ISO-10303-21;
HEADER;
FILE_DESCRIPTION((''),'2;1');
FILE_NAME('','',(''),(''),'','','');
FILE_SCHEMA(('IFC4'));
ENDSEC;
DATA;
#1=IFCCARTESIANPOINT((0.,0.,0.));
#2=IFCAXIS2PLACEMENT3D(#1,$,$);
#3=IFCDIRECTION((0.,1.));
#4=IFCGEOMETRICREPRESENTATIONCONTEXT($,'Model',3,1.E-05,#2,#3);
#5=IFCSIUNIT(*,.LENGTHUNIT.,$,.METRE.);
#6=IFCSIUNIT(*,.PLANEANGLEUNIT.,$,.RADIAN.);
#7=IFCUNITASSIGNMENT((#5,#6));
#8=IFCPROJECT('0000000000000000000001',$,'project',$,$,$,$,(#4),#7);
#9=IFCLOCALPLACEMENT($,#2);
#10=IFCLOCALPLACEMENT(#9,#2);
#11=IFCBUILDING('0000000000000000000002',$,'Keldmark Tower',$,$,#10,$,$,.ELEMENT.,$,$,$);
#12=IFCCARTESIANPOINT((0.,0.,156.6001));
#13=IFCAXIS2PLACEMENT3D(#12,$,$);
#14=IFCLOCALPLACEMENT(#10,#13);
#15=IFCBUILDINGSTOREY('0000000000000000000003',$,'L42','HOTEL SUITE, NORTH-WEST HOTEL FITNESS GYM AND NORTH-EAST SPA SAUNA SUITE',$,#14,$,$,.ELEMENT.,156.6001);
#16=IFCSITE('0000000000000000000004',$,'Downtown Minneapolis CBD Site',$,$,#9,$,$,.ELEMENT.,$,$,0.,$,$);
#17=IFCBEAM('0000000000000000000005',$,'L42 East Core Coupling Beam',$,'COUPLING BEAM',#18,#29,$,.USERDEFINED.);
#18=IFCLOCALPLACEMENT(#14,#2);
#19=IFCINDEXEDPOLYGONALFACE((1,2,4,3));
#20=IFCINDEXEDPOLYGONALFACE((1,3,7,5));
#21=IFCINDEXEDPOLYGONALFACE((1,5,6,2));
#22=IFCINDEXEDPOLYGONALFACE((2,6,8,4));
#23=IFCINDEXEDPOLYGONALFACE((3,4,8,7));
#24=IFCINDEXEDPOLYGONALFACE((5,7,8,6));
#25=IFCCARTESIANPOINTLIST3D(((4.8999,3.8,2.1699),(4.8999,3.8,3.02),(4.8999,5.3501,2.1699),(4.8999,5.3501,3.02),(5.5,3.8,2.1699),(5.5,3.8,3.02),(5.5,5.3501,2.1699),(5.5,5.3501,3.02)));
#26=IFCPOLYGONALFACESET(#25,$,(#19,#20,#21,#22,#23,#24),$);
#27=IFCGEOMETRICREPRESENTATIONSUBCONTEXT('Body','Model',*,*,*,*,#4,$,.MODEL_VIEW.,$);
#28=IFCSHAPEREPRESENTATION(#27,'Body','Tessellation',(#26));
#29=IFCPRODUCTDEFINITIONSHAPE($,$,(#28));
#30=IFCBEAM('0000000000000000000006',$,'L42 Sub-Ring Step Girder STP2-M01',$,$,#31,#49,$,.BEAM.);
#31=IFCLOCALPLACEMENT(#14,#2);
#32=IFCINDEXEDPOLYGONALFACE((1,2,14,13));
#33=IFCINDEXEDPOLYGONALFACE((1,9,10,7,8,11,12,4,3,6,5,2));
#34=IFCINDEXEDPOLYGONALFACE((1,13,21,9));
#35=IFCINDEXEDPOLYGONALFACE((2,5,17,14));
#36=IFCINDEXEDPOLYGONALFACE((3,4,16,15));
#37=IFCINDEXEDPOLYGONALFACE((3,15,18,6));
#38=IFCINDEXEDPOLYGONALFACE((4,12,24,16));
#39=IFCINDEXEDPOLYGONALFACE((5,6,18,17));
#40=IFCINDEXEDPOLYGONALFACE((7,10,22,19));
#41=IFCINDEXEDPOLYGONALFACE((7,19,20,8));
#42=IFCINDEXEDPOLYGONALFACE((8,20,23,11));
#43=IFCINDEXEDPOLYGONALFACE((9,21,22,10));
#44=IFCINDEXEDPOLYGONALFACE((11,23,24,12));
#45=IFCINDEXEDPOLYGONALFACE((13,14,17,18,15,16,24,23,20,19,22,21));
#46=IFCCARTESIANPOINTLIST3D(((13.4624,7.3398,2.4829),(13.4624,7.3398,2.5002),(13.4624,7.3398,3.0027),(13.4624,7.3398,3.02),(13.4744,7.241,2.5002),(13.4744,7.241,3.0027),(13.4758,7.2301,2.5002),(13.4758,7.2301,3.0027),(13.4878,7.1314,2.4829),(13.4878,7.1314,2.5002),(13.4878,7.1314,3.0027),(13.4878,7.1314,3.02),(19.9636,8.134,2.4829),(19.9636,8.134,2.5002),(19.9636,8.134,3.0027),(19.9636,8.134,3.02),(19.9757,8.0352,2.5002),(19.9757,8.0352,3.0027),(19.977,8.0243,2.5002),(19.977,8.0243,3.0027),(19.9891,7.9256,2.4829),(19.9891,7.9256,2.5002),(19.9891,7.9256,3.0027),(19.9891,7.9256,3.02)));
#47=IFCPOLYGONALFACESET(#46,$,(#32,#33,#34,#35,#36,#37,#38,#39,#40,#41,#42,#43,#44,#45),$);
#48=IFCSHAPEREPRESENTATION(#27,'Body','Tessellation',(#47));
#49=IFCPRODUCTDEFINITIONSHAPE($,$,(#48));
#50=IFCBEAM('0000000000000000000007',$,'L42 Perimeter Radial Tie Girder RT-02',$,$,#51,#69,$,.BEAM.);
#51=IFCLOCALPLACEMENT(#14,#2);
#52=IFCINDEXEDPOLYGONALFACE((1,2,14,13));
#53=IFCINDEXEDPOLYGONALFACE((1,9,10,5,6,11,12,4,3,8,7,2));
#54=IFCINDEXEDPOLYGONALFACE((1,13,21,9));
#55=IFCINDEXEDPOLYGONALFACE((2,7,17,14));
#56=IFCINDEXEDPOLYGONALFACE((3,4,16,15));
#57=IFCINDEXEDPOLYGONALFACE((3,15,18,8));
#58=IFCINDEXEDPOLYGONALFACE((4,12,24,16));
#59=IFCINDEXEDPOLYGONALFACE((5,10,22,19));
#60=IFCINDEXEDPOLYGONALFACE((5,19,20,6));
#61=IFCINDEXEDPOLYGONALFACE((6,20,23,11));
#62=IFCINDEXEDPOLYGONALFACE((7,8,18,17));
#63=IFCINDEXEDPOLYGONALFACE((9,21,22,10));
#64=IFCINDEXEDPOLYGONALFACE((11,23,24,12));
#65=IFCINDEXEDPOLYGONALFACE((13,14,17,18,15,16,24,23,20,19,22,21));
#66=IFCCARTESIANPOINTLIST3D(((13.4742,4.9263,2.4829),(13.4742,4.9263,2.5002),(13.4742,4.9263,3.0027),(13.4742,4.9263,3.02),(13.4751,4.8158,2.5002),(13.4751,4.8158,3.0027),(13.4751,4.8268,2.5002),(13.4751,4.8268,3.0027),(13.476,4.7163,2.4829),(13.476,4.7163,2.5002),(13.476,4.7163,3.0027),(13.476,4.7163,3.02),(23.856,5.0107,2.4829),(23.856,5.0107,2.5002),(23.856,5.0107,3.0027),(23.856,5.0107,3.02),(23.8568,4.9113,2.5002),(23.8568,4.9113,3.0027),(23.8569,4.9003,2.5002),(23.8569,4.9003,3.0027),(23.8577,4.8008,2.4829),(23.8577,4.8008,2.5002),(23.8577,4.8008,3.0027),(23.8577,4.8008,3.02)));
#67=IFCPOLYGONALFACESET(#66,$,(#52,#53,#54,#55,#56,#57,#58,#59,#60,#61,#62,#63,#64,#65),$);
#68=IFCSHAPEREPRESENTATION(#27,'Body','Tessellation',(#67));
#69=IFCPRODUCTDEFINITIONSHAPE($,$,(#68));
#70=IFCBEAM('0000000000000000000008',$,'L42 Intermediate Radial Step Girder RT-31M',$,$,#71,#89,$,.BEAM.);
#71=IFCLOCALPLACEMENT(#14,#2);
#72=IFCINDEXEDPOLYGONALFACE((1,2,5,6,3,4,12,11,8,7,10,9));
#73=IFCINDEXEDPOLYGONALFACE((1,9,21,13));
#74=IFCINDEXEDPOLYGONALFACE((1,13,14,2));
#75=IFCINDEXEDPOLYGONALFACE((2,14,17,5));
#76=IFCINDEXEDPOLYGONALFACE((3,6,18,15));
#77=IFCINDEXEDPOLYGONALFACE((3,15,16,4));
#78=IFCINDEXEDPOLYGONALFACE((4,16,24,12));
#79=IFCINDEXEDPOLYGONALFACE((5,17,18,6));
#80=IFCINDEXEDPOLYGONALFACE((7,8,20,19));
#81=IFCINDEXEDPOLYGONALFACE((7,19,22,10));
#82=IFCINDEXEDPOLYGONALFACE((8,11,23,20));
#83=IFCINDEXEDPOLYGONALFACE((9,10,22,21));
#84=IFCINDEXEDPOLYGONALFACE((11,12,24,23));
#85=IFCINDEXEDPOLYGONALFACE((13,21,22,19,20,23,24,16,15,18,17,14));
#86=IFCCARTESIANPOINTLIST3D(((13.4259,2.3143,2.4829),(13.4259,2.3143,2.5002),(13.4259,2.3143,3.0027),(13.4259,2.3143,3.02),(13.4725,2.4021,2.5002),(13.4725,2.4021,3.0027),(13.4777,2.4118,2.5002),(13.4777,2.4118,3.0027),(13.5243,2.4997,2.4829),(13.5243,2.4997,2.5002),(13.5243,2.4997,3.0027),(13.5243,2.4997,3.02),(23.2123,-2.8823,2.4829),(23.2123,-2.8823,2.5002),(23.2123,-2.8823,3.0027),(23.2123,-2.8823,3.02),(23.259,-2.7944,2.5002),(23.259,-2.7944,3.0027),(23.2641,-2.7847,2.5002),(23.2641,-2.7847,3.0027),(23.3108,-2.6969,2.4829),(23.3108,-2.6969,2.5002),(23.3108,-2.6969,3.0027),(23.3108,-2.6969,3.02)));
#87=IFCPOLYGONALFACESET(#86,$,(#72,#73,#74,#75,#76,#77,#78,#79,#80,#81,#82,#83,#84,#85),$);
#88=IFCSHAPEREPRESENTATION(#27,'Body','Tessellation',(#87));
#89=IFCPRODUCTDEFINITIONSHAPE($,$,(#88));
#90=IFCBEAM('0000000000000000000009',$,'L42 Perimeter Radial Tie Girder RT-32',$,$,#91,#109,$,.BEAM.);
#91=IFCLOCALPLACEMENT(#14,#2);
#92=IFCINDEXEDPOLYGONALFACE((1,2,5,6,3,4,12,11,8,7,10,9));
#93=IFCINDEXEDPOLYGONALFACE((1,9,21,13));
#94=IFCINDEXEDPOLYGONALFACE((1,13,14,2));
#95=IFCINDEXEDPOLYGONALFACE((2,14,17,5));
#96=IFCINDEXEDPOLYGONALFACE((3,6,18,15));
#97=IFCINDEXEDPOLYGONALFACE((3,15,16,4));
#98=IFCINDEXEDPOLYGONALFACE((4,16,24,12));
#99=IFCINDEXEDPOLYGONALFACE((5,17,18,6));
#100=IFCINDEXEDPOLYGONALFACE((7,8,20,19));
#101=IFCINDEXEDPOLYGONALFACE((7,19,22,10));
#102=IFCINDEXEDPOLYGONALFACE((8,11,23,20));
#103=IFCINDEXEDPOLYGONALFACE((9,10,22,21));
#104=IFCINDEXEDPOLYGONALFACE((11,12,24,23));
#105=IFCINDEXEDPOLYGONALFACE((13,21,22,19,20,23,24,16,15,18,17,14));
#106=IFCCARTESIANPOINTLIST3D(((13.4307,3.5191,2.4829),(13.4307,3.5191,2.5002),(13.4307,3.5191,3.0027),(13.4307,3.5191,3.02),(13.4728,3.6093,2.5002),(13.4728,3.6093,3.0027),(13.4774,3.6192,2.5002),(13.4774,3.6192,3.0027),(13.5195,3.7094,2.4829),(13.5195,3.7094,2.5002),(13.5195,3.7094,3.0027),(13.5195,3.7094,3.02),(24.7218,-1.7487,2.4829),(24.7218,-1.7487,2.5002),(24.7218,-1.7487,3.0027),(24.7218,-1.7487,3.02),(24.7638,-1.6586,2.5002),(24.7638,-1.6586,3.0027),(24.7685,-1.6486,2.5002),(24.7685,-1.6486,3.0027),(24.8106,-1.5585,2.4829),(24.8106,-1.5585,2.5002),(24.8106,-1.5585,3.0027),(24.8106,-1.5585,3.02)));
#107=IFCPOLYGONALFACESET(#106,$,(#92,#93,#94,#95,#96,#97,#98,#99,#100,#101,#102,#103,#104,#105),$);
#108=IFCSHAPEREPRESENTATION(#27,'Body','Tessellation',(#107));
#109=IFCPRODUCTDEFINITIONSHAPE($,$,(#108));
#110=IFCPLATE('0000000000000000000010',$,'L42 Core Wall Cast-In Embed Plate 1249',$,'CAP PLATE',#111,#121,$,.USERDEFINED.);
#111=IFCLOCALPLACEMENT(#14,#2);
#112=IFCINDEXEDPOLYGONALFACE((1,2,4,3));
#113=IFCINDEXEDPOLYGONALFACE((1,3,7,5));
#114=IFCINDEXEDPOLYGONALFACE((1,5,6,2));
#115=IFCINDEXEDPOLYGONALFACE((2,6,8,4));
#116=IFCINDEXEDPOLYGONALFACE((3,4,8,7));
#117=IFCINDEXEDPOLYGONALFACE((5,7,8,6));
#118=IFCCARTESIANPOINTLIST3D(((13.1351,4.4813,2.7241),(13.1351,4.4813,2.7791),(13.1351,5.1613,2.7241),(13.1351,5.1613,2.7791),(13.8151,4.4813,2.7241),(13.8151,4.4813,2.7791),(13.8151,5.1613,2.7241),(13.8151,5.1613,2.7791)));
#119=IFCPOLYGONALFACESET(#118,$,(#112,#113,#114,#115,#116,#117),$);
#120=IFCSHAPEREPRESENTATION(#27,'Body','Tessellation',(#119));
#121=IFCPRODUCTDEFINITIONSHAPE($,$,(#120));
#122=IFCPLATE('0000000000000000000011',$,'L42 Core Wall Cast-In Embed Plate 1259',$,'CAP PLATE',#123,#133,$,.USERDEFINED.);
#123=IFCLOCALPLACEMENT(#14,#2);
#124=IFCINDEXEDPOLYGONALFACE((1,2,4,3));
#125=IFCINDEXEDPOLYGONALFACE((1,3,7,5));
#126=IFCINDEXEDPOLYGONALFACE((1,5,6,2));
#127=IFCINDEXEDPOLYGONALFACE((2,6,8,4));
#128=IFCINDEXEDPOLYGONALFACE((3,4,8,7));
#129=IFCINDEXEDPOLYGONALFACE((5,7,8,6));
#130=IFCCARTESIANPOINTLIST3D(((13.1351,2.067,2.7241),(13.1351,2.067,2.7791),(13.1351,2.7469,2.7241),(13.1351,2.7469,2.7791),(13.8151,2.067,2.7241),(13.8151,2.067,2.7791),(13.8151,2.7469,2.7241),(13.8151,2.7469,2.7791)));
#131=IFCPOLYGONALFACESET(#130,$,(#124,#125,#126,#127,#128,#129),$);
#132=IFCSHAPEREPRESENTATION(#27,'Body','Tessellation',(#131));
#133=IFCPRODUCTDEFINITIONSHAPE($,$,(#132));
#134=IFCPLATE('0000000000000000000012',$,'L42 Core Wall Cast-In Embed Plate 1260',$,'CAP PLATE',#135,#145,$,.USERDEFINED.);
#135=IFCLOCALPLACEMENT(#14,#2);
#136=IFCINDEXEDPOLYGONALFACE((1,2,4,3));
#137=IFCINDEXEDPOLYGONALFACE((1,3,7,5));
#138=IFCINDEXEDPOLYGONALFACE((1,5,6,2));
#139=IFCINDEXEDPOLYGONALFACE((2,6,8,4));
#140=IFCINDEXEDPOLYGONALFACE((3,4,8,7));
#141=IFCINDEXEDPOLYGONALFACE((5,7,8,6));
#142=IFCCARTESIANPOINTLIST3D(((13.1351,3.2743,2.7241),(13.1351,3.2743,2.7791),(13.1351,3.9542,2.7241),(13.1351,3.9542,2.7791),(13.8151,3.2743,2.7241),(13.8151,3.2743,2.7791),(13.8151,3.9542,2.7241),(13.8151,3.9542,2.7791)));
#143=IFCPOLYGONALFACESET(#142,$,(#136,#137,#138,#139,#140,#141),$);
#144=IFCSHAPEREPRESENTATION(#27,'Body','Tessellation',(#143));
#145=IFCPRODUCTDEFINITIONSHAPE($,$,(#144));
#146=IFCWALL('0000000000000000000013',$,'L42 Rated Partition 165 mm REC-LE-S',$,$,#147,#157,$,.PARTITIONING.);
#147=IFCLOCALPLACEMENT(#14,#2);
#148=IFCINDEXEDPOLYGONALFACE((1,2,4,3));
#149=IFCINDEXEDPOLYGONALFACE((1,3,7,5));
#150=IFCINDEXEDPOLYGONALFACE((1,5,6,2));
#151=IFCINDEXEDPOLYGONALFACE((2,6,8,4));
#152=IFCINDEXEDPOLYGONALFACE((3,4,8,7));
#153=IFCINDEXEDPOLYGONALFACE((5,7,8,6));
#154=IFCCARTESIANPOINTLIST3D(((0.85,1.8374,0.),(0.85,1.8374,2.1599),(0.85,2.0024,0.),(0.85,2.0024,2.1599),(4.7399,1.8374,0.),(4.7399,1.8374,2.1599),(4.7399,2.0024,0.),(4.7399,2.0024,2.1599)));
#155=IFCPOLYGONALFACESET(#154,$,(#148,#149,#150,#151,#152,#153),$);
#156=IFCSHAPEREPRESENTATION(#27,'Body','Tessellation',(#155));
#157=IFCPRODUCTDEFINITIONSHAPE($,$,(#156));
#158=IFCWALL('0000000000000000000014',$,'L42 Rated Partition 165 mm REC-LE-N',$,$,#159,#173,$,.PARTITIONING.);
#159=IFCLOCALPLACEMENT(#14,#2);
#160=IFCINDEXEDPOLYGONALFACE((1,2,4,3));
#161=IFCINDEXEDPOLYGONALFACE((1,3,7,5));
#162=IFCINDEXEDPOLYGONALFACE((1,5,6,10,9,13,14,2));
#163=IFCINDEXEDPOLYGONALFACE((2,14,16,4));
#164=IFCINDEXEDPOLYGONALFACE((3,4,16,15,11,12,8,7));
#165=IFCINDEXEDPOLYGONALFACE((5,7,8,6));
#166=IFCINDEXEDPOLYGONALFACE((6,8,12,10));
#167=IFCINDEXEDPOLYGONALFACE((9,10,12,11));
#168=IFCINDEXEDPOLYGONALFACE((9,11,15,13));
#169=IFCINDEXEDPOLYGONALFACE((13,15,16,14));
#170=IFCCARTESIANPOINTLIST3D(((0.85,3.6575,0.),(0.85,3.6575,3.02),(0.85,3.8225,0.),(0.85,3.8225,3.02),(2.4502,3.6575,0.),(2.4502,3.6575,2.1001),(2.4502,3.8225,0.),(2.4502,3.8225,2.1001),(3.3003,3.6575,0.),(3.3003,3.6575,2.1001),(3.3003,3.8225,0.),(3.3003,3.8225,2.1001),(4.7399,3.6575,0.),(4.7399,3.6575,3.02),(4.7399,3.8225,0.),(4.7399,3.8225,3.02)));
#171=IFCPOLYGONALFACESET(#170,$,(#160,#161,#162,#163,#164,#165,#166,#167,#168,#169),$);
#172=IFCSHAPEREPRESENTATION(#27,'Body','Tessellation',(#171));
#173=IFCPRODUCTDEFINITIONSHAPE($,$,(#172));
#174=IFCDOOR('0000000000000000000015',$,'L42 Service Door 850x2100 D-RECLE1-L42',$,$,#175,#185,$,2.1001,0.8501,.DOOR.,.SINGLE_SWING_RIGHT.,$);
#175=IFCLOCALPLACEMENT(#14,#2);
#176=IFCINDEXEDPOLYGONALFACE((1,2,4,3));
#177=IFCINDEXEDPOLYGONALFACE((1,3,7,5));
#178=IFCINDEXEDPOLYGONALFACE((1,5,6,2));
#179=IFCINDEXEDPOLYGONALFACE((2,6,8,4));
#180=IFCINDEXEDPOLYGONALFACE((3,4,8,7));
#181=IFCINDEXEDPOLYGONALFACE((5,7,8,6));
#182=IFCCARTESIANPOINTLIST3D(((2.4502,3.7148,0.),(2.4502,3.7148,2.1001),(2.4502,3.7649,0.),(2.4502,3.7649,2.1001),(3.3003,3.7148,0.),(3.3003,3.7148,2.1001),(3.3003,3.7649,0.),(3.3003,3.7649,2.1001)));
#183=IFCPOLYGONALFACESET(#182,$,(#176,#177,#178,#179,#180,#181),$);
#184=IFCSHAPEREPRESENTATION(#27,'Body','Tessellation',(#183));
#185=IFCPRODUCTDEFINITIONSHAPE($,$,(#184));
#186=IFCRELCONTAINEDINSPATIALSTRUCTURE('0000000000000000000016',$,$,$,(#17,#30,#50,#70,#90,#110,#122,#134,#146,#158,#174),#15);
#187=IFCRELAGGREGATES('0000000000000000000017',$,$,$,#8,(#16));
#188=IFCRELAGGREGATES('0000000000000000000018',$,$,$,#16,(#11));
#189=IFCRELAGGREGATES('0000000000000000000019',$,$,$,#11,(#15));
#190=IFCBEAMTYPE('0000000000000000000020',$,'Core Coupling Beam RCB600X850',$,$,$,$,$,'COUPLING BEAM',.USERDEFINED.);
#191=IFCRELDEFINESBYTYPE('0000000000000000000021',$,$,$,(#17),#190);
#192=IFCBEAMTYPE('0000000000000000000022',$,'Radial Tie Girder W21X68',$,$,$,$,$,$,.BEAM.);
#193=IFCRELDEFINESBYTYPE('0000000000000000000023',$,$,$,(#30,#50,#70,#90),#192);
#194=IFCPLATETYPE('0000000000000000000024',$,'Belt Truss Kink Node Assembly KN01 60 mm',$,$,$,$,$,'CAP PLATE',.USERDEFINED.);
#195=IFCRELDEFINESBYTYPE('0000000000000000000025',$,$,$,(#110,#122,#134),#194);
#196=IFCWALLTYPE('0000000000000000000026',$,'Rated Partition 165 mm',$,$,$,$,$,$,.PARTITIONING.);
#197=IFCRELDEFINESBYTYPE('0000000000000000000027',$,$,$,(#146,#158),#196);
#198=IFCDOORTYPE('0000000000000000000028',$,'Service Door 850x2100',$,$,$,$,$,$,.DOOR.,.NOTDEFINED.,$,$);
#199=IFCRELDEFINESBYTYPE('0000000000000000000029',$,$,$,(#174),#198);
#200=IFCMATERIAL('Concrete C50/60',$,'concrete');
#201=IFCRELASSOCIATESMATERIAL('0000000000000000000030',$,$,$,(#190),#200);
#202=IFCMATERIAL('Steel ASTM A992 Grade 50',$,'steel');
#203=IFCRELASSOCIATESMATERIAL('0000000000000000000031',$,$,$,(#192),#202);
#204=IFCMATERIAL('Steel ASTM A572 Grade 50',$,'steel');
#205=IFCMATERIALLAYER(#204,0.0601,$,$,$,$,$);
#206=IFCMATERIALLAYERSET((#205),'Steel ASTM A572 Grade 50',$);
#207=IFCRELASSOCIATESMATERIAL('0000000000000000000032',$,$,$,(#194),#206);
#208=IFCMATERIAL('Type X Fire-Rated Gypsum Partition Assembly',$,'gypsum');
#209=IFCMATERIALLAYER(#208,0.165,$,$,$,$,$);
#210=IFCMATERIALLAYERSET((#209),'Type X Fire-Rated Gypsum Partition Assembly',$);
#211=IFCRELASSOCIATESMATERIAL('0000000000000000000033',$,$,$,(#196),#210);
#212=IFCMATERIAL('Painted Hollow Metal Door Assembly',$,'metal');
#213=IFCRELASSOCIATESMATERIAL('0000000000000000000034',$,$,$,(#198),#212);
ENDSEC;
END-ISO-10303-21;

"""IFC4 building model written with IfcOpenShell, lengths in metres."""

from ifc_helpers import new_model, si_unit, direction, frame, frame_2d, origin, origin_2d, place, context, subcontext, project, spatial, rectangle, i_section, extrude, material, layer, layer_set, material_profile, profile_set, type_object, element, fill, save


model = new_model("IFC4")

# Units and contexts
model_context = context("Model", 3, precision=1e-05, world=origin(), true_north=direction((0.0, 1.0)))
body_context = subcontext(model_context, "Body", "Model", "MODEL_VIEW")
ifc_project = project(units=[si_unit("LENGTHUNIT", "METRE"), si_unit("PLANEANGLEUNIT", "RADIAN")], contexts=[model_context])

# Site, building, storey
site_placement = place(None, origin())
site = spatial("IfcSite", under=ifc_project, at=site_placement, Name="Downtown Minneapolis CBD Site", CompositionType="ELEMENT", RefElevation=0.0)
building_placement = place(site_placement, origin())
building = spatial("IfcBuilding", under=site, at=building_placement, Name="Keldmark Tower", CompositionType="ELEMENT")
storey_placement = place(building_placement, frame((0.0, 0.0, 156.6001)))
storey = spatial("IfcBuildingStorey", under=building, at=storey_placement, Name="L42", Description="HOTEL SUITE, NORTH-WEST HOTEL FITNESS GYM AND NORTH-EAST SPA SAUNA SUITE", CompositionType="ELEMENT", Elevation=156.6001)

# Beams
ifc_material_1 = material(Name="Concrete C50/60", Category="concrete")
ifc_material_profile_1 = material_profile(ifc_material_1, rectangle(XDim=0.6001, YDim=0.8501, at=origin_2d()), Name="RCB600X850")
ifc_profile_set_1 = profile_set([ifc_material_profile_1], Name="Concrete C50/60")
beam_type_1 = type_object("IfcBeamType", Name="Core Coupling Beam RCB600X850", ElementType="COUPLING BEAM", PredefinedType="USERDEFINED", material=ifc_profile_set_1)
beam_1_placement = place(storey_placement, frame((5.2, 3.8, 2.595), z_axis=(0.0, 1.0, 0.0), x_axis=(-1.0, 0.0, 0.0)))
element("IfcBeam", 1, at=beam_1_placement, inside=storey, type_object=beam_type_1, Name="L42 East Core Coupling Beam", ObjectType="COUPLING BEAM", PredefinedType="USERDEFINED", context=body_context, shape_type="SweptSolid", body=[
    extrude(rectangle(XDim=0.6001, YDim=0.8501, at=origin_2d()), origin(), (0.0, 0.0, 1.0), 1.55),
])
ifc_material_2 = material(Name="Steel ASTM A992 Grade 50", Category="steel")
ifc_material_profile_2 = material_profile(ifc_material_2, i_section(OverallWidth=0.21, OverallDepth=0.5371, WebThickness=0.011, FlangeThickness=0.0173, at=origin_2d()), Name="W21X68")
ifc_profile_set_2 = profile_set([ifc_material_profile_2], Name="Steel ASTM A992 Grade 50")
beam_type_2 = type_object("IfcBeamType", Name="Radial Tie Girder W21X68", PredefinedType="BEAM", material=ifc_profile_set_2)
beam_2_placement = place(storey_placement, frame((13.4751, 7.2356, 2.7515), z_axis=(0.992621, 0.121259, 0.0), x_axis=(-0.121259, 0.992621, 0.0)))
element("IfcBeam", 2, at=beam_2_placement, inside=storey, type_object=beam_type_2, Name="L42 Sub-Ring Step Girder STP2-M01", PredefinedType="BEAM", context=body_context, shape_type="SweptSolid", body=[
    extrude(i_section(OverallWidth=0.21, OverallDepth=0.5371, WebThickness=0.011, FlangeThickness=0.0173, at=origin_2d()), origin(), (0.0, 0.0, 1.0), 6.5496),
])
beam_3_placement = place(storey_placement, frame((13.4751, 4.8213, 2.7515), z_axis=(0.999967, 0.008136, 0.0), x_axis=(-0.008136, 0.999967, 0.0)))
element("IfcBeam", 3, at=beam_3_placement, inside=storey, type_object=beam_type_2, Name="L42 Perimeter Radial Tie Girder RT-02", PredefinedType="BEAM", context=body_context, shape_type="SweptSolid", body=[
    extrude(i_section(OverallWidth=0.21, OverallDepth=0.5371, WebThickness=0.011, FlangeThickness=0.0173, at=origin_2d()), origin(), (0.0, 0.0, 1.0), 10.3821),
])
beam_4_placement = place(storey_placement, frame((13.4751, 2.407, 2.7515), z_axis=(0.883208, -0.468981, 0.0), x_axis=(0.468981, 0.883208, 0.0)))
element("IfcBeam", 4, at=beam_4_placement, inside=storey, type_object=beam_type_2, Name="L42 Intermediate Radial Step Girder RT-31M", PredefinedType="BEAM", context=body_context, shape_type="SweptSolid", body=[
    extrude(i_section(OverallWidth=0.21, OverallDepth=0.5371, WebThickness=0.011, FlangeThickness=0.0173, at=origin_2d()), origin(), (0.0, 0.0, 1.0), 11.0806),
])
beam_5_placement = place(storey_placement, frame((13.4751, 3.6143, 2.7515), z_axis=(0.906224, -0.422799, 0.0), x_axis=(0.422799, 0.906224, 0.0)))
element("IfcBeam", 5, at=beam_5_placement, inside=storey, type_object=beam_type_2, Name="L42 Perimeter Radial Tie Girder RT-32", PredefinedType="BEAM", context=body_context, shape_type="SweptSolid", body=[
    extrude(i_section(OverallWidth=0.21, OverallDepth=0.5371, WebThickness=0.011, FlangeThickness=0.0173, at=origin_2d()), origin(), (0.0, 0.0, 1.0), 12.4595),
])

# Plates
ifc_material_3 = material(Name="Steel ASTM A572 Grade 50", Category="steel")
ifc_layer_1 = layer(ifc_material_3, 0.0601)
ifc_layer_set_1 = layer_set([ifc_layer_1], Name="Steel ASTM A572 Grade 50")
plate_type = type_object("IfcPlateType", Name="Belt Truss Kink Node Assembly KN01 60 mm", ElementType="CAP PLATE", PredefinedType="USERDEFINED", material=ifc_layer_set_1)
for number, where, z_axis, x_axis, name in (
    (6, (13.4751, 4.8213, 2.7241), (0.0, 0.0, 1.0), (1.0, 0.0, 0.0), "L42 Core Wall Cast-In Embed Plate 1249"),
    (7, (13.4751, 2.407, 2.7241), (0.0, 0.0, 1.0), (1.0, 0.0, 0.0), "L42 Core Wall Cast-In Embed Plate 1259"),
    (8, (13.4751, 3.6143, 2.7241), (0.0, 0.0, 1.0), (1.0, 0.0, 0.0), "L42 Core Wall Cast-In Embed Plate 1260"),
):
    element("IfcPlate", number, at=place(storey_placement, frame(where, z_axis=z_axis, x_axis=x_axis)), inside=storey, type_object=plate_type, Name=name, ObjectType="CAP PLATE", PredefinedType="USERDEFINED", context=body_context, shape_type="SweptSolid", body=[
        extrude(rectangle(XDim=0.6799, YDim=0.6799, at=origin_2d()), origin(), (0.0, 0.0, 1.0), 0.0549),
    ])

# Wall
ifc_material_4 = material(Name="Type X Fire-Rated Gypsum Partition Assembly", Category="gypsum")
ifc_layer_2 = layer(ifc_material_4, 0.165)
ifc_layer_set_2 = layer_set([ifc_layer_2], Name="Type X Fire-Rated Gypsum Partition Assembly")
wall_type_1 = type_object("IfcWallType", Name="Rated Partition 165 mm", PredefinedType="PARTITIONING", material=ifc_layer_set_2)
wall_1_placement = place(storey_placement, frame((0.8501, 1.9199, 0.0), z_axis=(0.0, 0.0, 1.0), x_axis=(1.0, 0.0, 0.0)))
element("IfcWall", 9, at=wall_1_placement, inside=storey, type_object=wall_type_1, Name="L42 Rated Partition 165 mm REC-LE-S", PredefinedType="PARTITIONING", context=body_context, shape_type="SweptSolid", body=[
    extrude(rectangle(XDim=3.8899, YDim=0.165, at=frame_2d((1.9448, 0.0))), origin(), (0.0, 0.0, 1.0), 2.1599),
])

# Wall, opening, door
wall_2_placement = place(storey_placement, frame((0.8501, 3.74, 0.0), z_axis=(0.0, 0.0, 1.0), x_axis=(1.0, 0.0, 0.0)))
wall_2 = element("IfcWall", 10, at=wall_2_placement, inside=storey, type_object=wall_type_1, Name="L42 Rated Partition 165 mm REC-LE-N", PredefinedType="PARTITIONING", context=body_context, shape_type="SweptSolid", body=[
    extrude(rectangle(XDim=3.8899, YDim=0.165, at=frame_2d((1.9448, 0.0))), origin(), (0.0, 0.0, 1.0), 3.02),
])
opening_1_placement = place(wall_2_placement, frame((1.6001, 0.0, 0.0)))
opening_1 = element("IfcOpeningElement", 11, at=opening_1_placement, cuts=wall_2, PredefinedType="OPENING", context=body_context, shape_type="SweptSolid", body=[
    extrude(rectangle(XDim=0.8501, YDim=2.1001, at=frame_2d((0.425, 1.05))), frame((0.0, 0.0925, 0.0), z_axis=(0.0, -1.0, 0.0), x_axis=(1.0, 0.0, 0.0)), (0.0, 0.0, 1.0), 0.1851),
])
ifc_material_5 = material(Name="Painted Hollow Metal Door Assembly", Category="metal")
door_type_1 = type_object("IfcDoorType", Name="Service Door 850x2100", OperationType="NOTDEFINED", PredefinedType="DOOR", material=ifc_material_5)
door_1_placement = place(opening_1_placement, origin())
door_1 = element("IfcDoor", 12, at=door_1_placement, inside=storey, type_object=door_type_1, Name="L42 Service Door 850x2100 D-RECLE1-L42", OperationType="SINGLE_SWING_RIGHT", OverallHeight=2.1001, OverallWidth=0.8501, PredefinedType="DOOR", context=body_context, shape_type="SweptSolid", body=[
    extrude(rectangle(XDim=0.8501, YDim=2.1001, at=frame_2d((0.425, 1.05))), frame((0.0, 0.0249, 0.0), z_axis=(0.0, -1.0, 0.0), x_axis=(1.0, 0.0, 0.0)), (0.0, 0.0, 1.0), 0.05),
])
fill(opening_1, door_1)

save(model, "model.ifc")
